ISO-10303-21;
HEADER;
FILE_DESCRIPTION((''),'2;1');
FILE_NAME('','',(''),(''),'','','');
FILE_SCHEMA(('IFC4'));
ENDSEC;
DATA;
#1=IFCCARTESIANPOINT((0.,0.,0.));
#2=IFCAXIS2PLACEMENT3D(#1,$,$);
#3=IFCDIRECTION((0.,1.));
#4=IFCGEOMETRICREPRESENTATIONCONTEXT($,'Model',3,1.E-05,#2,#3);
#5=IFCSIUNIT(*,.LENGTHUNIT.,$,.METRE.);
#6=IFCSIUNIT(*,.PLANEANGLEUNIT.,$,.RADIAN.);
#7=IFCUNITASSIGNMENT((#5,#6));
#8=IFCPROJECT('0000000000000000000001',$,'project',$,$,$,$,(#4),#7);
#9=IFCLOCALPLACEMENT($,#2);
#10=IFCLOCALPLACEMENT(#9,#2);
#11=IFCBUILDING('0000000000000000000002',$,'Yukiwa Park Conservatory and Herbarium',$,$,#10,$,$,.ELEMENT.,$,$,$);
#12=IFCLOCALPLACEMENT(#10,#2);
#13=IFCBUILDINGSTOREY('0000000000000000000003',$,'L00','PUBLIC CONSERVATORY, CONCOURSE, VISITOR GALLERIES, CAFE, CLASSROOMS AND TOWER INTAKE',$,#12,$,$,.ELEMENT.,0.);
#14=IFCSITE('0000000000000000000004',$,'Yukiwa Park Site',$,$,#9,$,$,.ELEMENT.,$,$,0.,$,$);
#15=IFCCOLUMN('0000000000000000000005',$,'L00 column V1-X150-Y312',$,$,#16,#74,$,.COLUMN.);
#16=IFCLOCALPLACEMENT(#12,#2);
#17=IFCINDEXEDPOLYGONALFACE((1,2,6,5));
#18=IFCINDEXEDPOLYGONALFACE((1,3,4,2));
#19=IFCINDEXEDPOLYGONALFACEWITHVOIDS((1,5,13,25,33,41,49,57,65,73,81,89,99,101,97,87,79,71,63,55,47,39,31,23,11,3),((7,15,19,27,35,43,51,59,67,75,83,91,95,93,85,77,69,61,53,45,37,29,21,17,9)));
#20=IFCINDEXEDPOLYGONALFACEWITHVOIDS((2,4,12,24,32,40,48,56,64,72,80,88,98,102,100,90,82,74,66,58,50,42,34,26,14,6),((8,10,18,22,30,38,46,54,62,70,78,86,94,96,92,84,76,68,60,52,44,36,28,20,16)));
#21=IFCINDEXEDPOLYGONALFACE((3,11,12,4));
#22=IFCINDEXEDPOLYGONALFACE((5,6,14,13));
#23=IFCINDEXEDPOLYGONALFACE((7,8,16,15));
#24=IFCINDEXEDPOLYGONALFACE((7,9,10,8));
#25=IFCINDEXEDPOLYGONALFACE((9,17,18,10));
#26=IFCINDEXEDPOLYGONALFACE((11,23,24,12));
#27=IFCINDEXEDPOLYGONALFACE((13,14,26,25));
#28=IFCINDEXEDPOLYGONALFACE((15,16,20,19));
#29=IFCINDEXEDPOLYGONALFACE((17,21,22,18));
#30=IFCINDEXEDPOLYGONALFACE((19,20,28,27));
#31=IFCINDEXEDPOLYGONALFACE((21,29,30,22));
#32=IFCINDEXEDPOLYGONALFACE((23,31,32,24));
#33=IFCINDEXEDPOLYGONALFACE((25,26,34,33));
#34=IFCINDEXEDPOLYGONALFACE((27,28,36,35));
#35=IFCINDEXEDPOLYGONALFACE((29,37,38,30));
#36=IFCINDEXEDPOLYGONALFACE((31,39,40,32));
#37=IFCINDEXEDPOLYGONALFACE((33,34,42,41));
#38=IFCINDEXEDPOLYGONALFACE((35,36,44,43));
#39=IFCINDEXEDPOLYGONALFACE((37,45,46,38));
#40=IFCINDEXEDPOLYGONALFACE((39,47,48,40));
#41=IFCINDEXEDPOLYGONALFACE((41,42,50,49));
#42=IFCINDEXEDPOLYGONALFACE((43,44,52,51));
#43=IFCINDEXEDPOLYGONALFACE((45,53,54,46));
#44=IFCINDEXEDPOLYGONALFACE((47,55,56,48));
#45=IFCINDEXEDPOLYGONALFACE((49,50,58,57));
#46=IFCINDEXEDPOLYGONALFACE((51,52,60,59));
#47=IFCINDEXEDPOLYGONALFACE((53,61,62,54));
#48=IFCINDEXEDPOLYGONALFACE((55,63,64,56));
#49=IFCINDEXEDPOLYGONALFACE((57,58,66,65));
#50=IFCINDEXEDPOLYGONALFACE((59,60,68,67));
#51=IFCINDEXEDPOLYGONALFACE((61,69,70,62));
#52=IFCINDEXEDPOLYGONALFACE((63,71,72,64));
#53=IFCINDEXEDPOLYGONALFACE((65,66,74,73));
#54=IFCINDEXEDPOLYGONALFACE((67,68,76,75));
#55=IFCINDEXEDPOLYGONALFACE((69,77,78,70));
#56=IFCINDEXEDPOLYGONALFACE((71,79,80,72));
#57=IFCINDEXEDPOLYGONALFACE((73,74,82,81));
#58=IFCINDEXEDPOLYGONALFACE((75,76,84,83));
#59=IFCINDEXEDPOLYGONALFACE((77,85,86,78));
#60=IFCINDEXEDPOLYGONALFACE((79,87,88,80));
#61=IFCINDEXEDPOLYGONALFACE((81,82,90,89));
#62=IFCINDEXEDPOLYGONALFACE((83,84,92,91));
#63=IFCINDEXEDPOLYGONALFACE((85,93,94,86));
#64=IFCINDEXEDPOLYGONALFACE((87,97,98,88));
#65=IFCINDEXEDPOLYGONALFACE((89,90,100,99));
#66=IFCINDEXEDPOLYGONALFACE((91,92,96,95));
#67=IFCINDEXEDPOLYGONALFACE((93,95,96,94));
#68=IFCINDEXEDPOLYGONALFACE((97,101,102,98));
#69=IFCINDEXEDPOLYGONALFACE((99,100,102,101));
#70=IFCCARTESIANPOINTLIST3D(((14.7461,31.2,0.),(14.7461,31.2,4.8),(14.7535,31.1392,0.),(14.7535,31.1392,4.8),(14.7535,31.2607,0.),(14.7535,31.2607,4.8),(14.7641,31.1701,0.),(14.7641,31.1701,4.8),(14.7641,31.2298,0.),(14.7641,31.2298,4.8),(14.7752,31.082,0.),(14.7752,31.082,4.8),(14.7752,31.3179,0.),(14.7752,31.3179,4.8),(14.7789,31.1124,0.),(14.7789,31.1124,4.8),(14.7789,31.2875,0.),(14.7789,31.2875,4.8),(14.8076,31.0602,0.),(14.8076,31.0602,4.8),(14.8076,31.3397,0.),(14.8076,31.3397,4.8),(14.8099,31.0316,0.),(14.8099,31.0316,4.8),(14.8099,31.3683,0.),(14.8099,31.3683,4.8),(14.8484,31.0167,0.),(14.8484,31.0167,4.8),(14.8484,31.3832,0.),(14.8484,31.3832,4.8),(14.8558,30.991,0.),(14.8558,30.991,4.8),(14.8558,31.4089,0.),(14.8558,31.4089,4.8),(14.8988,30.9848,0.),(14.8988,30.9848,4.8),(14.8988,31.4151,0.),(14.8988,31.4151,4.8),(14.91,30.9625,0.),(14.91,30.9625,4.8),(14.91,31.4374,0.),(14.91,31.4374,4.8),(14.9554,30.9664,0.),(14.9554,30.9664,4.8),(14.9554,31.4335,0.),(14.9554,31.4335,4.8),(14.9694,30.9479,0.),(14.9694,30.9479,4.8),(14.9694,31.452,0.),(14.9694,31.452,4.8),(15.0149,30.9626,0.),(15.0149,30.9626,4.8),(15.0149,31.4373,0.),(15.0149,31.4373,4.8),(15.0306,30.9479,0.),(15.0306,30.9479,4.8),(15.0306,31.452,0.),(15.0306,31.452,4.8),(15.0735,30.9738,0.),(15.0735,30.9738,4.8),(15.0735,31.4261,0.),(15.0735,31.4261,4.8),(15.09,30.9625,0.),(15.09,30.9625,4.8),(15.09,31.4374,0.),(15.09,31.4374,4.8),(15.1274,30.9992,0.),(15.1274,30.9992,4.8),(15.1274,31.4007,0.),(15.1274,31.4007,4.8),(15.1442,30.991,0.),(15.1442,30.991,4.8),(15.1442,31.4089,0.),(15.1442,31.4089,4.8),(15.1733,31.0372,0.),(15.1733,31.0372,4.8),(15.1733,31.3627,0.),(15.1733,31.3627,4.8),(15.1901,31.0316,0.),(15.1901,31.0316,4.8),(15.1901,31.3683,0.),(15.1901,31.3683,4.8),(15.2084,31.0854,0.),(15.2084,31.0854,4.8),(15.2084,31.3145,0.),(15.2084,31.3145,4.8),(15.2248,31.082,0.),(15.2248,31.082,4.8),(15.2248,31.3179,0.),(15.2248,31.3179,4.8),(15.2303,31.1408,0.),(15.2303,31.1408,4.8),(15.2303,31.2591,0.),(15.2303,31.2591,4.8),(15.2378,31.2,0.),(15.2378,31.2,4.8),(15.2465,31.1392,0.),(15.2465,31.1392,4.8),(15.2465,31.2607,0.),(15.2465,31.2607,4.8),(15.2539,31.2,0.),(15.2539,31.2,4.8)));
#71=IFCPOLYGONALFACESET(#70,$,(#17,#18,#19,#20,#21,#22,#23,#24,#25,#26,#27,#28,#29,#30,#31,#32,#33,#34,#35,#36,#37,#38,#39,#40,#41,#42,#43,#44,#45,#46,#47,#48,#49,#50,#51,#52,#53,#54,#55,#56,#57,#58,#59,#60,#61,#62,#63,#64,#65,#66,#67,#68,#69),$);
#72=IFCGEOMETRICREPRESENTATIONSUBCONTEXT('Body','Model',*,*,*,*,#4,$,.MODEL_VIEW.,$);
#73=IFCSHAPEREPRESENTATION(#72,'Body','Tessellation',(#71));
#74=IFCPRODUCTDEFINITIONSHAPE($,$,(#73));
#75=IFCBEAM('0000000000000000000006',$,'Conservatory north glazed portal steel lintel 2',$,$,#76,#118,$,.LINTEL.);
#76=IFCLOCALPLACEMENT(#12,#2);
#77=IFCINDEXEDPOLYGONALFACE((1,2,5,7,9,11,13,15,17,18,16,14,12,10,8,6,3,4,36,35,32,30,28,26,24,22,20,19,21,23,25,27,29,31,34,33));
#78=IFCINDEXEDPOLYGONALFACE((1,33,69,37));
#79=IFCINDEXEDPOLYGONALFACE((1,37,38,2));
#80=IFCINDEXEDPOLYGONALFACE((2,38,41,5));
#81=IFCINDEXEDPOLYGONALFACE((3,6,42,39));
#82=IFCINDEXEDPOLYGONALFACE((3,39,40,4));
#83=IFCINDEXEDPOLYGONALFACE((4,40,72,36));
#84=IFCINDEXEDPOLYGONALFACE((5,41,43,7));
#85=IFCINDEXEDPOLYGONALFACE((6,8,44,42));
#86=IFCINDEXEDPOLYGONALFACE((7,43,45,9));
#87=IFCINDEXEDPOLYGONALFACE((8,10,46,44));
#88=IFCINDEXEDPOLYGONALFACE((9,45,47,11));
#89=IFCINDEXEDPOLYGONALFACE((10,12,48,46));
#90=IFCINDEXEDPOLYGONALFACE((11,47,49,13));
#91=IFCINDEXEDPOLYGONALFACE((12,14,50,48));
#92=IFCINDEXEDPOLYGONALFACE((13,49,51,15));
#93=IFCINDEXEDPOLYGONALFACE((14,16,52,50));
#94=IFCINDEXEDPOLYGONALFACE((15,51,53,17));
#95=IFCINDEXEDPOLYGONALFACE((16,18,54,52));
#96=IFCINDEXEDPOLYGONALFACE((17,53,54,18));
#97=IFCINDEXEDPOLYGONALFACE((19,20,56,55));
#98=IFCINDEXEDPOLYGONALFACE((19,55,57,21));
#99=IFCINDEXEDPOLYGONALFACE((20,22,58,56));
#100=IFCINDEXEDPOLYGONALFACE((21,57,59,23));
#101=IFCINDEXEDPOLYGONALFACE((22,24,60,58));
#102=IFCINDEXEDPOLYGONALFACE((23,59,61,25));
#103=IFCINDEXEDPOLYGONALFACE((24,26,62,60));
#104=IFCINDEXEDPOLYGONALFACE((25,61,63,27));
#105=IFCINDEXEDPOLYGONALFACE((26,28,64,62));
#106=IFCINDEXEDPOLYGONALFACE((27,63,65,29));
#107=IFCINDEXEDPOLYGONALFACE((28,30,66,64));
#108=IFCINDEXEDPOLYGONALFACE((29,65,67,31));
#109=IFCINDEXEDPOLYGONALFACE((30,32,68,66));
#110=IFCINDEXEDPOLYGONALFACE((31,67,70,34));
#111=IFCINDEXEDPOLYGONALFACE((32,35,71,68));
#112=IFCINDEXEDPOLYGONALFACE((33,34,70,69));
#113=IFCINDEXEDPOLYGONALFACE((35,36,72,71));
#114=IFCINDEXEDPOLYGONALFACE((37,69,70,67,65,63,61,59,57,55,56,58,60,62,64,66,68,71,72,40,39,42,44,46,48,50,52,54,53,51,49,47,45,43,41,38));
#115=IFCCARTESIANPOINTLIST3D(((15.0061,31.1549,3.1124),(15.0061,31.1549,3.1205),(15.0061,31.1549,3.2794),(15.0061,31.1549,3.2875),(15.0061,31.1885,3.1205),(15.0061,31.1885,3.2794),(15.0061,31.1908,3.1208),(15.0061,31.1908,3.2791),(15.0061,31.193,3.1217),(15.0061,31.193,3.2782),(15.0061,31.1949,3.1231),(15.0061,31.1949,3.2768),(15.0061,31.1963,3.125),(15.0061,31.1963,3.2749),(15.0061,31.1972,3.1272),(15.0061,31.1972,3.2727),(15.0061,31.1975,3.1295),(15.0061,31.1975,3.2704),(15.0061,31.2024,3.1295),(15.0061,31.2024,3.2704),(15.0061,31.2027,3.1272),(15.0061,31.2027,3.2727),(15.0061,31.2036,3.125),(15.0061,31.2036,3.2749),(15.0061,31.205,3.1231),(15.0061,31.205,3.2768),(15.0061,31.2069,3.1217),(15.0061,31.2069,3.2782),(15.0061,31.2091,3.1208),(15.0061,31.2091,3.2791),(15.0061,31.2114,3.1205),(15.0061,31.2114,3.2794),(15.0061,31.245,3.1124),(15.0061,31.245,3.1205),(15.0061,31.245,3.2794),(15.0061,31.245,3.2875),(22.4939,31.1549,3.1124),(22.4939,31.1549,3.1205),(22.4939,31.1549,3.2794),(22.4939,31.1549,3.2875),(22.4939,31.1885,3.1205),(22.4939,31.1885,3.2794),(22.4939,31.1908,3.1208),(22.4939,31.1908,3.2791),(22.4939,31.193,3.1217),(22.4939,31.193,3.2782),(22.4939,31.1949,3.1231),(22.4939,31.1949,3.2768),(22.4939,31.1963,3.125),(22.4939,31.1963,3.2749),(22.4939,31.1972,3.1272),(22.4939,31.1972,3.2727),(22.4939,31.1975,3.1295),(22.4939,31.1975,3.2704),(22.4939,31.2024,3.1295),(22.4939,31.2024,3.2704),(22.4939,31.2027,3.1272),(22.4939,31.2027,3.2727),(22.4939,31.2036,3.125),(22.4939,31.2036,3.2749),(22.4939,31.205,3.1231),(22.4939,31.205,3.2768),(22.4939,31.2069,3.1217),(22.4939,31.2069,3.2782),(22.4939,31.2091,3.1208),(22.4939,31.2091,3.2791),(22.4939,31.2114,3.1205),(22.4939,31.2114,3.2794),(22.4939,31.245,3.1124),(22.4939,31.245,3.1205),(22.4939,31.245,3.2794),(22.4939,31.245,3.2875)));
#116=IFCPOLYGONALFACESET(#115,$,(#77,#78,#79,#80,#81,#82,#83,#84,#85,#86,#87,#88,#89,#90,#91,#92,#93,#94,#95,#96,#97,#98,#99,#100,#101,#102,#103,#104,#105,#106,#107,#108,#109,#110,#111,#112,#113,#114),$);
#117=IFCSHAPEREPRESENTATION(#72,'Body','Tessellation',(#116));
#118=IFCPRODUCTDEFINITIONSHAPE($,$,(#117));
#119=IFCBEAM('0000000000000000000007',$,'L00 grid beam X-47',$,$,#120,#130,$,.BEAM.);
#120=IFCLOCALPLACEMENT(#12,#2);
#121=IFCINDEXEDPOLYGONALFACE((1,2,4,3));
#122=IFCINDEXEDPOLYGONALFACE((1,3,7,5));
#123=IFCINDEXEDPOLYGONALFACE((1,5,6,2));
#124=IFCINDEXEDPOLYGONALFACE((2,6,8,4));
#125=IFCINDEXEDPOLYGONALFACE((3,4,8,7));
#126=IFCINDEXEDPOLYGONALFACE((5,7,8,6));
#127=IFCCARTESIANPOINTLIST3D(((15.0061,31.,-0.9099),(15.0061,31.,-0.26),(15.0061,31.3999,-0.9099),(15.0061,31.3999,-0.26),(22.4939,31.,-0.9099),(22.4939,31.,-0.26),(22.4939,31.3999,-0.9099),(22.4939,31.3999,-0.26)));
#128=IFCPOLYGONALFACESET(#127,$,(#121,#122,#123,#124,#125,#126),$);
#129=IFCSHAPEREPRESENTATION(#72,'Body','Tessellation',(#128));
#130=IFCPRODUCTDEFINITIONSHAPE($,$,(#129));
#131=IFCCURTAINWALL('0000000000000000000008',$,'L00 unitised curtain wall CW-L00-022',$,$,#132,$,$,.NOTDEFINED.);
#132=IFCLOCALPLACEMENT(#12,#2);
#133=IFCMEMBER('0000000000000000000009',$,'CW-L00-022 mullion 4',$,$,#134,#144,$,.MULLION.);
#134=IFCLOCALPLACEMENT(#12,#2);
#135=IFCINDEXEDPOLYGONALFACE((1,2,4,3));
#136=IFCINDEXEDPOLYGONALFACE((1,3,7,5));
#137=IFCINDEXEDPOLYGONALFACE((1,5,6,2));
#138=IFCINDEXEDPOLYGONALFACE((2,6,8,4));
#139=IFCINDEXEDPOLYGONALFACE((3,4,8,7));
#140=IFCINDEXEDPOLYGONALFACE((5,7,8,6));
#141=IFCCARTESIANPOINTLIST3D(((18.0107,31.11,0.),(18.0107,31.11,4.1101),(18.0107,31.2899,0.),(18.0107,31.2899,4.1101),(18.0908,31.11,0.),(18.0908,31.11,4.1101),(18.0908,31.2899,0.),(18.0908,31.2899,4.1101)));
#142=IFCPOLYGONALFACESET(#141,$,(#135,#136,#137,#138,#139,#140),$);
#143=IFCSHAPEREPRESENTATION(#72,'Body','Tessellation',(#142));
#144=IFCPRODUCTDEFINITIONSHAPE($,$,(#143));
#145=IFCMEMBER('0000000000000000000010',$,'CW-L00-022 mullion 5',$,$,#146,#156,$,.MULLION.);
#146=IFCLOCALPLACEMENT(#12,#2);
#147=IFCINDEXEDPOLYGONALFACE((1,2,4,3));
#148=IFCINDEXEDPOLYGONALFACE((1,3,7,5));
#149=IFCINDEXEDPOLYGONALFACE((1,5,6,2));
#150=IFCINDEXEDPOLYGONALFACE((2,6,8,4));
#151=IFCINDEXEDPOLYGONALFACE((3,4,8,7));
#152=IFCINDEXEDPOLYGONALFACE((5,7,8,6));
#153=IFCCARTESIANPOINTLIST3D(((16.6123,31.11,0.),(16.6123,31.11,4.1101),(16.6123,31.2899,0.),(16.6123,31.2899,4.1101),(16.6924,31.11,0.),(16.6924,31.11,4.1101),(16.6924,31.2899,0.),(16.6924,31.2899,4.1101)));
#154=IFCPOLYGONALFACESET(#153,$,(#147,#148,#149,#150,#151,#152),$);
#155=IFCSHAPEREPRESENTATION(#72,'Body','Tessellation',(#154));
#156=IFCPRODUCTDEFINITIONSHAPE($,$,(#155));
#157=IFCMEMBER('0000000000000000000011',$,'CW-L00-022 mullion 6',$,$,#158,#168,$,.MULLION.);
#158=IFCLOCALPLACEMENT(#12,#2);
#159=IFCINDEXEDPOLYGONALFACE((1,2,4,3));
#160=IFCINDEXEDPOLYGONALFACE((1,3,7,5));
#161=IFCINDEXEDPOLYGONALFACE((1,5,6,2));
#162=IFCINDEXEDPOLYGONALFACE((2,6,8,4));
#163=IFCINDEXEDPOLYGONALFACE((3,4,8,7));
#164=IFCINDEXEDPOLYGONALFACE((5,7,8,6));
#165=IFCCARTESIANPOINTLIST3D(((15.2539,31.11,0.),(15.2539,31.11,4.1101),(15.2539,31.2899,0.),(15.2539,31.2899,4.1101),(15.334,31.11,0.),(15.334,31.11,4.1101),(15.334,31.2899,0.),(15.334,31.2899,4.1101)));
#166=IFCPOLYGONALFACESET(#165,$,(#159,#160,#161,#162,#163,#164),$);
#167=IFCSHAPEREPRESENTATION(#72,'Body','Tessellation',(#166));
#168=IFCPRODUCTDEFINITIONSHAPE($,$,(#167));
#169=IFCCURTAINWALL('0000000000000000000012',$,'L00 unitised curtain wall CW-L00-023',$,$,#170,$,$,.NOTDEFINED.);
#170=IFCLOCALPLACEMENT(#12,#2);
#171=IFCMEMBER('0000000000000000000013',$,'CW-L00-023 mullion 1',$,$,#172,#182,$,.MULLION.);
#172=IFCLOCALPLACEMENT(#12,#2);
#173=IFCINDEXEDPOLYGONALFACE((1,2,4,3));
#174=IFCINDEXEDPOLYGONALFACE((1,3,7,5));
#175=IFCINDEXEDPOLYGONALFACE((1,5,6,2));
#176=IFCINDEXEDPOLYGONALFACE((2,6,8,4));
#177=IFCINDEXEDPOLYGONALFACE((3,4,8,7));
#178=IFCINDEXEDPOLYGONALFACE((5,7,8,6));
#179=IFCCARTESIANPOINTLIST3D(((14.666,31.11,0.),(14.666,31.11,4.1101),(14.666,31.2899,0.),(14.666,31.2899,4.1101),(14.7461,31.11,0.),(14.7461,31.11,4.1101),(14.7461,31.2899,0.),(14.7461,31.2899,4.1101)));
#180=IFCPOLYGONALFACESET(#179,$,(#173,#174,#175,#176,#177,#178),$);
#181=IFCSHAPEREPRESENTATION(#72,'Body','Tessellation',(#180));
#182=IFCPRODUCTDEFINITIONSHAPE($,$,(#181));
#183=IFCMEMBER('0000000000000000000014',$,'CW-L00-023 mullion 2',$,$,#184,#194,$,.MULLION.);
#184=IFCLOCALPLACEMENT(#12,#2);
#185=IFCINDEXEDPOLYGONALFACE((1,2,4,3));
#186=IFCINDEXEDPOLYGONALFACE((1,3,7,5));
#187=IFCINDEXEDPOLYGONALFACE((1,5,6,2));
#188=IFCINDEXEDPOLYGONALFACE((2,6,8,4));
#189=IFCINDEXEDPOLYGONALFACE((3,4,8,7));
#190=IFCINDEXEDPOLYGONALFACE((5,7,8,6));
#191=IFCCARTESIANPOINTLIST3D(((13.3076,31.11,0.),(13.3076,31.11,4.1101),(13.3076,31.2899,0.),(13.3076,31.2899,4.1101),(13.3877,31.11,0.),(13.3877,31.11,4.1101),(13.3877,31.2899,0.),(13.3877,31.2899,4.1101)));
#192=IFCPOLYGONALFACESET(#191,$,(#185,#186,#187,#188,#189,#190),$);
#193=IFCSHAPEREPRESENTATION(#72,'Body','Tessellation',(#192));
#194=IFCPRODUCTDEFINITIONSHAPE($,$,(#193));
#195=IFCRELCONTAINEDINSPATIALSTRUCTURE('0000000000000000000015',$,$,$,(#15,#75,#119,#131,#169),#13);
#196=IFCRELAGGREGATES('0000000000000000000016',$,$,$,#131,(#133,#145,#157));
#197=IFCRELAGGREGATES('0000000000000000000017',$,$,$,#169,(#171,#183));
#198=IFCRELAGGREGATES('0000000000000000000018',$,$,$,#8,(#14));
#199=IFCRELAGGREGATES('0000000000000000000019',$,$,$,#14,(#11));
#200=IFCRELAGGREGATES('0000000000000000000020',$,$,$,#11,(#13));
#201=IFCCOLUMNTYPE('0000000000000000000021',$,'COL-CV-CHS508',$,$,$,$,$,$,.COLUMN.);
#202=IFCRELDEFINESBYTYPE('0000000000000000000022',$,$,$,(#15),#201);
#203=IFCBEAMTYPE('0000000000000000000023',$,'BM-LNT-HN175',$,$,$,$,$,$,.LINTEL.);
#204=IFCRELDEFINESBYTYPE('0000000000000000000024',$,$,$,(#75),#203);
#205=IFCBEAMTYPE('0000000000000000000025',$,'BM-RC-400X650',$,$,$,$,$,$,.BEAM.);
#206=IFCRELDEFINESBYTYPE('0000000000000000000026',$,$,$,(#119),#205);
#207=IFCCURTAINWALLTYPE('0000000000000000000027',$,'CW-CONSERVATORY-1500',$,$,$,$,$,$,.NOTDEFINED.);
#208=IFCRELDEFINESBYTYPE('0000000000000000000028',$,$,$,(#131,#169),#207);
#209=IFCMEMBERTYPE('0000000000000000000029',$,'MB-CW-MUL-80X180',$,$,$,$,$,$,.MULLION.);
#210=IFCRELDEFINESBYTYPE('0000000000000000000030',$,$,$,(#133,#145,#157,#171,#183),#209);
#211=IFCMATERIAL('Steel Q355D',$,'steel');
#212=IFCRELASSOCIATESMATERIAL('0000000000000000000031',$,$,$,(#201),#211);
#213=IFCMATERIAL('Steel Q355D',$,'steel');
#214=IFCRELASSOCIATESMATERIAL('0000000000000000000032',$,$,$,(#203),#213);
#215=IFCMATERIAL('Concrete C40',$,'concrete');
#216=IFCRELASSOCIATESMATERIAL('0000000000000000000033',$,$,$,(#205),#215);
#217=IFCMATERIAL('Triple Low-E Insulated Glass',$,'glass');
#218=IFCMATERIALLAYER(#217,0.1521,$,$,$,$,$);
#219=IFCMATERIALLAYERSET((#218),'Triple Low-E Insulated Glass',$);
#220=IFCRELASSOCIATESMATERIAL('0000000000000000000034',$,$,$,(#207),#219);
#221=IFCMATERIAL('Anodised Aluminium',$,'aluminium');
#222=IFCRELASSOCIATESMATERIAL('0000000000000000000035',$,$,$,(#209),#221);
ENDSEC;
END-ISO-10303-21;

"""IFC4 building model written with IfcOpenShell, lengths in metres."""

from ifc_helpers import new_model, si_unit, direction, frame, origin, origin_2d, place, context, subcontext, project, spatial, rectangle, hollow_circle, i_section, extrude, material, layer, layer_set, material_profile, profile_set, type_object, element, aggregate, save


model = new_model("IFC4")

# Units and contexts
model_context = context("Model", 3, precision=1e-05, world=origin(), true_north=direction((0.0, 1.0)))
body_context = subcontext(model_context, "Body", "Model", "MODEL_VIEW")
ifc_project = project(units=[si_unit("LENGTHUNIT", "METRE"), si_unit("PLANEANGLEUNIT", "RADIAN")], contexts=[model_context])

# Site, building, storey
site_placement = place(None, origin())
site = spatial("IfcSite", under=ifc_project, at=site_placement, Name="Yukiwa Park Site", CompositionType="ELEMENT", RefElevation=0.0)
building_placement = place(site_placement, origin())
building = spatial("IfcBuilding", under=site, at=building_placement, Name="Yukiwa Park Conservatory and Herbarium", CompositionType="ELEMENT")
storey_placement = place(building_placement, origin())
storey = spatial("IfcBuildingStorey", under=building, at=storey_placement, Name="L00", Description="PUBLIC CONSERVATORY, CONCOURSE, VISITOR GALLERIES, CAFE, CLASSROOMS AND TOWER INTAKE", CompositionType="ELEMENT", Elevation=0.0)

# Column
ifc_material_1 = material(Name="Steel Q355D", Category="steel")
ifc_material_profile_1 = material_profile(ifc_material_1, hollow_circle(Radius=0.2539, WallThickness=0.0161, at=origin_2d()), Name="CHS 508x16")
ifc_profile_set_1 = profile_set([ifc_material_profile_1], Name="Steel Q355D")
column_type = type_object("IfcColumnType", Name="COL-CV-CHS508", PredefinedType="COLUMN", material=ifc_profile_set_1)
column_placement = place(storey_placement, frame((15.0, 31.2, 0.0), z_axis=(0.0, 0.0, 1.0), x_axis=(1.0, 0.0, 0.0)))
element("IfcColumn", 1, at=column_placement, inside=storey, type_object=column_type, Name="L00 column V1-X150-Y312", PredefinedType="COLUMN", context=body_context, shape_type="SweptSolid", body=[
    extrude(hollow_circle(Radius=0.2539, WallThickness=0.0161, at=origin_2d()), origin(), (0.0, 0.0, 1.0), 4.8),
])

# Beams
ifc_material_2 = material(Name="Steel Q355D", Category="steel")
ifc_material_profile_2 = material_profile(ifc_material_2, i_section(OverallWidth=0.0901, OverallDepth=0.175, WebThickness=0.0049, FlangeThickness=0.0081, FilletRadius=0.009, at=origin_2d()), Name="HN 175x90x5x8")
ifc_profile_set_2 = profile_set([ifc_material_profile_2], Name="Steel Q355D")
beam_type_1 = type_object("IfcBeamType", Name="BM-LNT-HN175", PredefinedType="LINTEL", material=ifc_profile_set_2)
beam_1_placement = place(storey_placement, frame((15.0061, 31.2, 3.2), z_axis=(1.0, 0.0, 0.0), x_axis=(0.0, 1.0, 0.0)))
element("IfcBeam", 2, at=beam_1_placement, inside=storey, type_object=beam_type_1, Name="Conservatory north glazed portal steel lintel 2", PredefinedType="LINTEL", context=body_context, shape_type="SweptSolid", body=[
    extrude(i_section(OverallWidth=0.0901, OverallDepth=0.175, WebThickness=0.0049, FlangeThickness=0.0081, FilletRadius=0.009, at=origin_2d()), origin(), (0.0, 0.0, 1.0), 7.4878),
])
ifc_material_3 = material(Name="Concrete C40", Category="concrete")
ifc_material_profile_3 = material_profile(ifc_material_3, rectangle(XDim=0.3999, YDim=0.6499, at=origin_2d()), Name="RC 400x650")
ifc_profile_set_3 = profile_set([ifc_material_profile_3], Name="Concrete C40")
beam_type_2 = type_object("IfcBeamType", Name="BM-RC-400X650", PredefinedType="BEAM", material=ifc_profile_set_3)
beam_2_placement = place(storey_placement, frame((15.0061, 31.2, -0.585), z_axis=(1.0, 0.0, 0.0), x_axis=(0.0, 1.0, 0.0)))
element("IfcBeam", 3, at=beam_2_placement, inside=storey, type_object=beam_type_2, Name="L00 grid beam X-47", PredefinedType="BEAM", context=body_context, shape_type="SweptSolid", body=[
    extrude(rectangle(XDim=0.3999, YDim=0.6499, at=origin_2d()), origin(), (0.0, 0.0, 1.0), 7.4878),
])

# Curtain walls, members
ifc_material_4 = material(Name="Triple Low-E Insulated Glass", Category="glass")
ifc_layer_1 = layer(ifc_material_4, 0.1521)
ifc_layer_set_1 = layer_set([ifc_layer_1], Name="Triple Low-E Insulated Glass")
curtain_wall_type = type_object("IfcCurtainWallType", Name="CW-CONSERVATORY-1500", PredefinedType="NOTDEFINED", material=ifc_layer_set_1)
curtain_wall_1_placement = place(storey_placement, origin())
curtain_wall_1 = element("IfcCurtainWall", 4, at=curtain_wall_1_placement, inside=storey, type_object=curtain_wall_type, Name="L00 unitised curtain wall CW-L00-022", PredefinedType="NOTDEFINED")
ifc_material_5 = material(Name="Anodised Aluminium", Category="aluminium")
member_type_1 = type_object("IfcMemberType", Name="MB-CW-MUL-80X180", PredefinedType="MULLION", material=ifc_material_5)
member_1_placement = place(storey_placement, frame((18.0508, 31.2, 0.0), z_axis=(0.0, 0.0, 1.0), x_axis=(-1.0, 0.0, 0.0)))
member_1 = element("IfcMember", 5, at=member_1_placement, type_object=member_type_1, Name="CW-L00-022 mullion 4", PredefinedType="MULLION", context=body_context, shape_type="SweptSolid", body=[
    extrude(rectangle(XDim=0.0801, YDim=0.1799, at=origin_2d()), origin(), (0.0, 0.0, 1.0), 4.1101),
])
member_2_placement = place(storey_placement, frame((16.6523, 31.2, 0.0), z_axis=(0.0, 0.0, 1.0), x_axis=(-1.0, 0.0, 0.0)))
member_2 = element("IfcMember", 6, at=member_2_placement, type_object=member_type_1, Name="CW-L00-022 mullion 5", PredefinedType="MULLION", context=body_context, shape_type="SweptSolid", body=[
    extrude(rectangle(XDim=0.0801, YDim=0.1799, at=origin_2d()), origin(), (0.0, 0.0, 1.0), 4.1101),
])
member_3_placement = place(storey_placement, frame((15.2939, 31.2, 0.0), z_axis=(0.0, 0.0, 1.0), x_axis=(-1.0, 0.0, 0.0)))
member_3 = element("IfcMember", 7, at=member_3_placement, type_object=member_type_1, Name="CW-L00-022 mullion 6", PredefinedType="MULLION", context=body_context, shape_type="SweptSolid", body=[
    extrude(rectangle(XDim=0.0801, YDim=0.1799, at=origin_2d()), origin(), (0.0, 0.0, 1.0), 4.1101),
])
curtain_wall_2_placement = place(storey_placement, origin())
curtain_wall_2 = element("IfcCurtainWall", 8, at=curtain_wall_2_placement, inside=storey, type_object=curtain_wall_type, Name="L00 unitised curtain wall CW-L00-023", PredefinedType="NOTDEFINED")
member_4_placement = place(storey_placement, frame((14.7061, 31.2, 0.0), z_axis=(0.0, 0.0, 1.0), x_axis=(-1.0, 0.0, 0.0)))
member_4 = element("IfcMember", 9, at=member_4_placement, type_object=member_type_1, Name="CW-L00-023 mullion 1", PredefinedType="MULLION", context=body_context, shape_type="SweptSolid", body=[
    extrude(rectangle(XDim=0.0801, YDim=0.1799, at=origin_2d()), origin(), (0.0, 0.0, 1.0), 4.1101),
])
member_5_placement = place(storey_placement, frame((13.3477, 31.2, 0.0), z_axis=(0.0, 0.0, 1.0), x_axis=(-1.0, 0.0, 0.0)))
member_5 = element("IfcMember", 10, at=member_5_placement, type_object=member_type_1, Name="CW-L00-023 mullion 2", PredefinedType="MULLION", context=body_context, shape_type="SweptSolid", body=[
    extrude(rectangle(XDim=0.0801, YDim=0.1799, at=origin_2d()), origin(), (0.0, 0.0, 1.0), 4.1101),
])

aggregate(curtain_wall_1, [member_1, member_2, member_3])
aggregate(curtain_wall_2, [member_4, member_5])

save(model, "model.ifc")
